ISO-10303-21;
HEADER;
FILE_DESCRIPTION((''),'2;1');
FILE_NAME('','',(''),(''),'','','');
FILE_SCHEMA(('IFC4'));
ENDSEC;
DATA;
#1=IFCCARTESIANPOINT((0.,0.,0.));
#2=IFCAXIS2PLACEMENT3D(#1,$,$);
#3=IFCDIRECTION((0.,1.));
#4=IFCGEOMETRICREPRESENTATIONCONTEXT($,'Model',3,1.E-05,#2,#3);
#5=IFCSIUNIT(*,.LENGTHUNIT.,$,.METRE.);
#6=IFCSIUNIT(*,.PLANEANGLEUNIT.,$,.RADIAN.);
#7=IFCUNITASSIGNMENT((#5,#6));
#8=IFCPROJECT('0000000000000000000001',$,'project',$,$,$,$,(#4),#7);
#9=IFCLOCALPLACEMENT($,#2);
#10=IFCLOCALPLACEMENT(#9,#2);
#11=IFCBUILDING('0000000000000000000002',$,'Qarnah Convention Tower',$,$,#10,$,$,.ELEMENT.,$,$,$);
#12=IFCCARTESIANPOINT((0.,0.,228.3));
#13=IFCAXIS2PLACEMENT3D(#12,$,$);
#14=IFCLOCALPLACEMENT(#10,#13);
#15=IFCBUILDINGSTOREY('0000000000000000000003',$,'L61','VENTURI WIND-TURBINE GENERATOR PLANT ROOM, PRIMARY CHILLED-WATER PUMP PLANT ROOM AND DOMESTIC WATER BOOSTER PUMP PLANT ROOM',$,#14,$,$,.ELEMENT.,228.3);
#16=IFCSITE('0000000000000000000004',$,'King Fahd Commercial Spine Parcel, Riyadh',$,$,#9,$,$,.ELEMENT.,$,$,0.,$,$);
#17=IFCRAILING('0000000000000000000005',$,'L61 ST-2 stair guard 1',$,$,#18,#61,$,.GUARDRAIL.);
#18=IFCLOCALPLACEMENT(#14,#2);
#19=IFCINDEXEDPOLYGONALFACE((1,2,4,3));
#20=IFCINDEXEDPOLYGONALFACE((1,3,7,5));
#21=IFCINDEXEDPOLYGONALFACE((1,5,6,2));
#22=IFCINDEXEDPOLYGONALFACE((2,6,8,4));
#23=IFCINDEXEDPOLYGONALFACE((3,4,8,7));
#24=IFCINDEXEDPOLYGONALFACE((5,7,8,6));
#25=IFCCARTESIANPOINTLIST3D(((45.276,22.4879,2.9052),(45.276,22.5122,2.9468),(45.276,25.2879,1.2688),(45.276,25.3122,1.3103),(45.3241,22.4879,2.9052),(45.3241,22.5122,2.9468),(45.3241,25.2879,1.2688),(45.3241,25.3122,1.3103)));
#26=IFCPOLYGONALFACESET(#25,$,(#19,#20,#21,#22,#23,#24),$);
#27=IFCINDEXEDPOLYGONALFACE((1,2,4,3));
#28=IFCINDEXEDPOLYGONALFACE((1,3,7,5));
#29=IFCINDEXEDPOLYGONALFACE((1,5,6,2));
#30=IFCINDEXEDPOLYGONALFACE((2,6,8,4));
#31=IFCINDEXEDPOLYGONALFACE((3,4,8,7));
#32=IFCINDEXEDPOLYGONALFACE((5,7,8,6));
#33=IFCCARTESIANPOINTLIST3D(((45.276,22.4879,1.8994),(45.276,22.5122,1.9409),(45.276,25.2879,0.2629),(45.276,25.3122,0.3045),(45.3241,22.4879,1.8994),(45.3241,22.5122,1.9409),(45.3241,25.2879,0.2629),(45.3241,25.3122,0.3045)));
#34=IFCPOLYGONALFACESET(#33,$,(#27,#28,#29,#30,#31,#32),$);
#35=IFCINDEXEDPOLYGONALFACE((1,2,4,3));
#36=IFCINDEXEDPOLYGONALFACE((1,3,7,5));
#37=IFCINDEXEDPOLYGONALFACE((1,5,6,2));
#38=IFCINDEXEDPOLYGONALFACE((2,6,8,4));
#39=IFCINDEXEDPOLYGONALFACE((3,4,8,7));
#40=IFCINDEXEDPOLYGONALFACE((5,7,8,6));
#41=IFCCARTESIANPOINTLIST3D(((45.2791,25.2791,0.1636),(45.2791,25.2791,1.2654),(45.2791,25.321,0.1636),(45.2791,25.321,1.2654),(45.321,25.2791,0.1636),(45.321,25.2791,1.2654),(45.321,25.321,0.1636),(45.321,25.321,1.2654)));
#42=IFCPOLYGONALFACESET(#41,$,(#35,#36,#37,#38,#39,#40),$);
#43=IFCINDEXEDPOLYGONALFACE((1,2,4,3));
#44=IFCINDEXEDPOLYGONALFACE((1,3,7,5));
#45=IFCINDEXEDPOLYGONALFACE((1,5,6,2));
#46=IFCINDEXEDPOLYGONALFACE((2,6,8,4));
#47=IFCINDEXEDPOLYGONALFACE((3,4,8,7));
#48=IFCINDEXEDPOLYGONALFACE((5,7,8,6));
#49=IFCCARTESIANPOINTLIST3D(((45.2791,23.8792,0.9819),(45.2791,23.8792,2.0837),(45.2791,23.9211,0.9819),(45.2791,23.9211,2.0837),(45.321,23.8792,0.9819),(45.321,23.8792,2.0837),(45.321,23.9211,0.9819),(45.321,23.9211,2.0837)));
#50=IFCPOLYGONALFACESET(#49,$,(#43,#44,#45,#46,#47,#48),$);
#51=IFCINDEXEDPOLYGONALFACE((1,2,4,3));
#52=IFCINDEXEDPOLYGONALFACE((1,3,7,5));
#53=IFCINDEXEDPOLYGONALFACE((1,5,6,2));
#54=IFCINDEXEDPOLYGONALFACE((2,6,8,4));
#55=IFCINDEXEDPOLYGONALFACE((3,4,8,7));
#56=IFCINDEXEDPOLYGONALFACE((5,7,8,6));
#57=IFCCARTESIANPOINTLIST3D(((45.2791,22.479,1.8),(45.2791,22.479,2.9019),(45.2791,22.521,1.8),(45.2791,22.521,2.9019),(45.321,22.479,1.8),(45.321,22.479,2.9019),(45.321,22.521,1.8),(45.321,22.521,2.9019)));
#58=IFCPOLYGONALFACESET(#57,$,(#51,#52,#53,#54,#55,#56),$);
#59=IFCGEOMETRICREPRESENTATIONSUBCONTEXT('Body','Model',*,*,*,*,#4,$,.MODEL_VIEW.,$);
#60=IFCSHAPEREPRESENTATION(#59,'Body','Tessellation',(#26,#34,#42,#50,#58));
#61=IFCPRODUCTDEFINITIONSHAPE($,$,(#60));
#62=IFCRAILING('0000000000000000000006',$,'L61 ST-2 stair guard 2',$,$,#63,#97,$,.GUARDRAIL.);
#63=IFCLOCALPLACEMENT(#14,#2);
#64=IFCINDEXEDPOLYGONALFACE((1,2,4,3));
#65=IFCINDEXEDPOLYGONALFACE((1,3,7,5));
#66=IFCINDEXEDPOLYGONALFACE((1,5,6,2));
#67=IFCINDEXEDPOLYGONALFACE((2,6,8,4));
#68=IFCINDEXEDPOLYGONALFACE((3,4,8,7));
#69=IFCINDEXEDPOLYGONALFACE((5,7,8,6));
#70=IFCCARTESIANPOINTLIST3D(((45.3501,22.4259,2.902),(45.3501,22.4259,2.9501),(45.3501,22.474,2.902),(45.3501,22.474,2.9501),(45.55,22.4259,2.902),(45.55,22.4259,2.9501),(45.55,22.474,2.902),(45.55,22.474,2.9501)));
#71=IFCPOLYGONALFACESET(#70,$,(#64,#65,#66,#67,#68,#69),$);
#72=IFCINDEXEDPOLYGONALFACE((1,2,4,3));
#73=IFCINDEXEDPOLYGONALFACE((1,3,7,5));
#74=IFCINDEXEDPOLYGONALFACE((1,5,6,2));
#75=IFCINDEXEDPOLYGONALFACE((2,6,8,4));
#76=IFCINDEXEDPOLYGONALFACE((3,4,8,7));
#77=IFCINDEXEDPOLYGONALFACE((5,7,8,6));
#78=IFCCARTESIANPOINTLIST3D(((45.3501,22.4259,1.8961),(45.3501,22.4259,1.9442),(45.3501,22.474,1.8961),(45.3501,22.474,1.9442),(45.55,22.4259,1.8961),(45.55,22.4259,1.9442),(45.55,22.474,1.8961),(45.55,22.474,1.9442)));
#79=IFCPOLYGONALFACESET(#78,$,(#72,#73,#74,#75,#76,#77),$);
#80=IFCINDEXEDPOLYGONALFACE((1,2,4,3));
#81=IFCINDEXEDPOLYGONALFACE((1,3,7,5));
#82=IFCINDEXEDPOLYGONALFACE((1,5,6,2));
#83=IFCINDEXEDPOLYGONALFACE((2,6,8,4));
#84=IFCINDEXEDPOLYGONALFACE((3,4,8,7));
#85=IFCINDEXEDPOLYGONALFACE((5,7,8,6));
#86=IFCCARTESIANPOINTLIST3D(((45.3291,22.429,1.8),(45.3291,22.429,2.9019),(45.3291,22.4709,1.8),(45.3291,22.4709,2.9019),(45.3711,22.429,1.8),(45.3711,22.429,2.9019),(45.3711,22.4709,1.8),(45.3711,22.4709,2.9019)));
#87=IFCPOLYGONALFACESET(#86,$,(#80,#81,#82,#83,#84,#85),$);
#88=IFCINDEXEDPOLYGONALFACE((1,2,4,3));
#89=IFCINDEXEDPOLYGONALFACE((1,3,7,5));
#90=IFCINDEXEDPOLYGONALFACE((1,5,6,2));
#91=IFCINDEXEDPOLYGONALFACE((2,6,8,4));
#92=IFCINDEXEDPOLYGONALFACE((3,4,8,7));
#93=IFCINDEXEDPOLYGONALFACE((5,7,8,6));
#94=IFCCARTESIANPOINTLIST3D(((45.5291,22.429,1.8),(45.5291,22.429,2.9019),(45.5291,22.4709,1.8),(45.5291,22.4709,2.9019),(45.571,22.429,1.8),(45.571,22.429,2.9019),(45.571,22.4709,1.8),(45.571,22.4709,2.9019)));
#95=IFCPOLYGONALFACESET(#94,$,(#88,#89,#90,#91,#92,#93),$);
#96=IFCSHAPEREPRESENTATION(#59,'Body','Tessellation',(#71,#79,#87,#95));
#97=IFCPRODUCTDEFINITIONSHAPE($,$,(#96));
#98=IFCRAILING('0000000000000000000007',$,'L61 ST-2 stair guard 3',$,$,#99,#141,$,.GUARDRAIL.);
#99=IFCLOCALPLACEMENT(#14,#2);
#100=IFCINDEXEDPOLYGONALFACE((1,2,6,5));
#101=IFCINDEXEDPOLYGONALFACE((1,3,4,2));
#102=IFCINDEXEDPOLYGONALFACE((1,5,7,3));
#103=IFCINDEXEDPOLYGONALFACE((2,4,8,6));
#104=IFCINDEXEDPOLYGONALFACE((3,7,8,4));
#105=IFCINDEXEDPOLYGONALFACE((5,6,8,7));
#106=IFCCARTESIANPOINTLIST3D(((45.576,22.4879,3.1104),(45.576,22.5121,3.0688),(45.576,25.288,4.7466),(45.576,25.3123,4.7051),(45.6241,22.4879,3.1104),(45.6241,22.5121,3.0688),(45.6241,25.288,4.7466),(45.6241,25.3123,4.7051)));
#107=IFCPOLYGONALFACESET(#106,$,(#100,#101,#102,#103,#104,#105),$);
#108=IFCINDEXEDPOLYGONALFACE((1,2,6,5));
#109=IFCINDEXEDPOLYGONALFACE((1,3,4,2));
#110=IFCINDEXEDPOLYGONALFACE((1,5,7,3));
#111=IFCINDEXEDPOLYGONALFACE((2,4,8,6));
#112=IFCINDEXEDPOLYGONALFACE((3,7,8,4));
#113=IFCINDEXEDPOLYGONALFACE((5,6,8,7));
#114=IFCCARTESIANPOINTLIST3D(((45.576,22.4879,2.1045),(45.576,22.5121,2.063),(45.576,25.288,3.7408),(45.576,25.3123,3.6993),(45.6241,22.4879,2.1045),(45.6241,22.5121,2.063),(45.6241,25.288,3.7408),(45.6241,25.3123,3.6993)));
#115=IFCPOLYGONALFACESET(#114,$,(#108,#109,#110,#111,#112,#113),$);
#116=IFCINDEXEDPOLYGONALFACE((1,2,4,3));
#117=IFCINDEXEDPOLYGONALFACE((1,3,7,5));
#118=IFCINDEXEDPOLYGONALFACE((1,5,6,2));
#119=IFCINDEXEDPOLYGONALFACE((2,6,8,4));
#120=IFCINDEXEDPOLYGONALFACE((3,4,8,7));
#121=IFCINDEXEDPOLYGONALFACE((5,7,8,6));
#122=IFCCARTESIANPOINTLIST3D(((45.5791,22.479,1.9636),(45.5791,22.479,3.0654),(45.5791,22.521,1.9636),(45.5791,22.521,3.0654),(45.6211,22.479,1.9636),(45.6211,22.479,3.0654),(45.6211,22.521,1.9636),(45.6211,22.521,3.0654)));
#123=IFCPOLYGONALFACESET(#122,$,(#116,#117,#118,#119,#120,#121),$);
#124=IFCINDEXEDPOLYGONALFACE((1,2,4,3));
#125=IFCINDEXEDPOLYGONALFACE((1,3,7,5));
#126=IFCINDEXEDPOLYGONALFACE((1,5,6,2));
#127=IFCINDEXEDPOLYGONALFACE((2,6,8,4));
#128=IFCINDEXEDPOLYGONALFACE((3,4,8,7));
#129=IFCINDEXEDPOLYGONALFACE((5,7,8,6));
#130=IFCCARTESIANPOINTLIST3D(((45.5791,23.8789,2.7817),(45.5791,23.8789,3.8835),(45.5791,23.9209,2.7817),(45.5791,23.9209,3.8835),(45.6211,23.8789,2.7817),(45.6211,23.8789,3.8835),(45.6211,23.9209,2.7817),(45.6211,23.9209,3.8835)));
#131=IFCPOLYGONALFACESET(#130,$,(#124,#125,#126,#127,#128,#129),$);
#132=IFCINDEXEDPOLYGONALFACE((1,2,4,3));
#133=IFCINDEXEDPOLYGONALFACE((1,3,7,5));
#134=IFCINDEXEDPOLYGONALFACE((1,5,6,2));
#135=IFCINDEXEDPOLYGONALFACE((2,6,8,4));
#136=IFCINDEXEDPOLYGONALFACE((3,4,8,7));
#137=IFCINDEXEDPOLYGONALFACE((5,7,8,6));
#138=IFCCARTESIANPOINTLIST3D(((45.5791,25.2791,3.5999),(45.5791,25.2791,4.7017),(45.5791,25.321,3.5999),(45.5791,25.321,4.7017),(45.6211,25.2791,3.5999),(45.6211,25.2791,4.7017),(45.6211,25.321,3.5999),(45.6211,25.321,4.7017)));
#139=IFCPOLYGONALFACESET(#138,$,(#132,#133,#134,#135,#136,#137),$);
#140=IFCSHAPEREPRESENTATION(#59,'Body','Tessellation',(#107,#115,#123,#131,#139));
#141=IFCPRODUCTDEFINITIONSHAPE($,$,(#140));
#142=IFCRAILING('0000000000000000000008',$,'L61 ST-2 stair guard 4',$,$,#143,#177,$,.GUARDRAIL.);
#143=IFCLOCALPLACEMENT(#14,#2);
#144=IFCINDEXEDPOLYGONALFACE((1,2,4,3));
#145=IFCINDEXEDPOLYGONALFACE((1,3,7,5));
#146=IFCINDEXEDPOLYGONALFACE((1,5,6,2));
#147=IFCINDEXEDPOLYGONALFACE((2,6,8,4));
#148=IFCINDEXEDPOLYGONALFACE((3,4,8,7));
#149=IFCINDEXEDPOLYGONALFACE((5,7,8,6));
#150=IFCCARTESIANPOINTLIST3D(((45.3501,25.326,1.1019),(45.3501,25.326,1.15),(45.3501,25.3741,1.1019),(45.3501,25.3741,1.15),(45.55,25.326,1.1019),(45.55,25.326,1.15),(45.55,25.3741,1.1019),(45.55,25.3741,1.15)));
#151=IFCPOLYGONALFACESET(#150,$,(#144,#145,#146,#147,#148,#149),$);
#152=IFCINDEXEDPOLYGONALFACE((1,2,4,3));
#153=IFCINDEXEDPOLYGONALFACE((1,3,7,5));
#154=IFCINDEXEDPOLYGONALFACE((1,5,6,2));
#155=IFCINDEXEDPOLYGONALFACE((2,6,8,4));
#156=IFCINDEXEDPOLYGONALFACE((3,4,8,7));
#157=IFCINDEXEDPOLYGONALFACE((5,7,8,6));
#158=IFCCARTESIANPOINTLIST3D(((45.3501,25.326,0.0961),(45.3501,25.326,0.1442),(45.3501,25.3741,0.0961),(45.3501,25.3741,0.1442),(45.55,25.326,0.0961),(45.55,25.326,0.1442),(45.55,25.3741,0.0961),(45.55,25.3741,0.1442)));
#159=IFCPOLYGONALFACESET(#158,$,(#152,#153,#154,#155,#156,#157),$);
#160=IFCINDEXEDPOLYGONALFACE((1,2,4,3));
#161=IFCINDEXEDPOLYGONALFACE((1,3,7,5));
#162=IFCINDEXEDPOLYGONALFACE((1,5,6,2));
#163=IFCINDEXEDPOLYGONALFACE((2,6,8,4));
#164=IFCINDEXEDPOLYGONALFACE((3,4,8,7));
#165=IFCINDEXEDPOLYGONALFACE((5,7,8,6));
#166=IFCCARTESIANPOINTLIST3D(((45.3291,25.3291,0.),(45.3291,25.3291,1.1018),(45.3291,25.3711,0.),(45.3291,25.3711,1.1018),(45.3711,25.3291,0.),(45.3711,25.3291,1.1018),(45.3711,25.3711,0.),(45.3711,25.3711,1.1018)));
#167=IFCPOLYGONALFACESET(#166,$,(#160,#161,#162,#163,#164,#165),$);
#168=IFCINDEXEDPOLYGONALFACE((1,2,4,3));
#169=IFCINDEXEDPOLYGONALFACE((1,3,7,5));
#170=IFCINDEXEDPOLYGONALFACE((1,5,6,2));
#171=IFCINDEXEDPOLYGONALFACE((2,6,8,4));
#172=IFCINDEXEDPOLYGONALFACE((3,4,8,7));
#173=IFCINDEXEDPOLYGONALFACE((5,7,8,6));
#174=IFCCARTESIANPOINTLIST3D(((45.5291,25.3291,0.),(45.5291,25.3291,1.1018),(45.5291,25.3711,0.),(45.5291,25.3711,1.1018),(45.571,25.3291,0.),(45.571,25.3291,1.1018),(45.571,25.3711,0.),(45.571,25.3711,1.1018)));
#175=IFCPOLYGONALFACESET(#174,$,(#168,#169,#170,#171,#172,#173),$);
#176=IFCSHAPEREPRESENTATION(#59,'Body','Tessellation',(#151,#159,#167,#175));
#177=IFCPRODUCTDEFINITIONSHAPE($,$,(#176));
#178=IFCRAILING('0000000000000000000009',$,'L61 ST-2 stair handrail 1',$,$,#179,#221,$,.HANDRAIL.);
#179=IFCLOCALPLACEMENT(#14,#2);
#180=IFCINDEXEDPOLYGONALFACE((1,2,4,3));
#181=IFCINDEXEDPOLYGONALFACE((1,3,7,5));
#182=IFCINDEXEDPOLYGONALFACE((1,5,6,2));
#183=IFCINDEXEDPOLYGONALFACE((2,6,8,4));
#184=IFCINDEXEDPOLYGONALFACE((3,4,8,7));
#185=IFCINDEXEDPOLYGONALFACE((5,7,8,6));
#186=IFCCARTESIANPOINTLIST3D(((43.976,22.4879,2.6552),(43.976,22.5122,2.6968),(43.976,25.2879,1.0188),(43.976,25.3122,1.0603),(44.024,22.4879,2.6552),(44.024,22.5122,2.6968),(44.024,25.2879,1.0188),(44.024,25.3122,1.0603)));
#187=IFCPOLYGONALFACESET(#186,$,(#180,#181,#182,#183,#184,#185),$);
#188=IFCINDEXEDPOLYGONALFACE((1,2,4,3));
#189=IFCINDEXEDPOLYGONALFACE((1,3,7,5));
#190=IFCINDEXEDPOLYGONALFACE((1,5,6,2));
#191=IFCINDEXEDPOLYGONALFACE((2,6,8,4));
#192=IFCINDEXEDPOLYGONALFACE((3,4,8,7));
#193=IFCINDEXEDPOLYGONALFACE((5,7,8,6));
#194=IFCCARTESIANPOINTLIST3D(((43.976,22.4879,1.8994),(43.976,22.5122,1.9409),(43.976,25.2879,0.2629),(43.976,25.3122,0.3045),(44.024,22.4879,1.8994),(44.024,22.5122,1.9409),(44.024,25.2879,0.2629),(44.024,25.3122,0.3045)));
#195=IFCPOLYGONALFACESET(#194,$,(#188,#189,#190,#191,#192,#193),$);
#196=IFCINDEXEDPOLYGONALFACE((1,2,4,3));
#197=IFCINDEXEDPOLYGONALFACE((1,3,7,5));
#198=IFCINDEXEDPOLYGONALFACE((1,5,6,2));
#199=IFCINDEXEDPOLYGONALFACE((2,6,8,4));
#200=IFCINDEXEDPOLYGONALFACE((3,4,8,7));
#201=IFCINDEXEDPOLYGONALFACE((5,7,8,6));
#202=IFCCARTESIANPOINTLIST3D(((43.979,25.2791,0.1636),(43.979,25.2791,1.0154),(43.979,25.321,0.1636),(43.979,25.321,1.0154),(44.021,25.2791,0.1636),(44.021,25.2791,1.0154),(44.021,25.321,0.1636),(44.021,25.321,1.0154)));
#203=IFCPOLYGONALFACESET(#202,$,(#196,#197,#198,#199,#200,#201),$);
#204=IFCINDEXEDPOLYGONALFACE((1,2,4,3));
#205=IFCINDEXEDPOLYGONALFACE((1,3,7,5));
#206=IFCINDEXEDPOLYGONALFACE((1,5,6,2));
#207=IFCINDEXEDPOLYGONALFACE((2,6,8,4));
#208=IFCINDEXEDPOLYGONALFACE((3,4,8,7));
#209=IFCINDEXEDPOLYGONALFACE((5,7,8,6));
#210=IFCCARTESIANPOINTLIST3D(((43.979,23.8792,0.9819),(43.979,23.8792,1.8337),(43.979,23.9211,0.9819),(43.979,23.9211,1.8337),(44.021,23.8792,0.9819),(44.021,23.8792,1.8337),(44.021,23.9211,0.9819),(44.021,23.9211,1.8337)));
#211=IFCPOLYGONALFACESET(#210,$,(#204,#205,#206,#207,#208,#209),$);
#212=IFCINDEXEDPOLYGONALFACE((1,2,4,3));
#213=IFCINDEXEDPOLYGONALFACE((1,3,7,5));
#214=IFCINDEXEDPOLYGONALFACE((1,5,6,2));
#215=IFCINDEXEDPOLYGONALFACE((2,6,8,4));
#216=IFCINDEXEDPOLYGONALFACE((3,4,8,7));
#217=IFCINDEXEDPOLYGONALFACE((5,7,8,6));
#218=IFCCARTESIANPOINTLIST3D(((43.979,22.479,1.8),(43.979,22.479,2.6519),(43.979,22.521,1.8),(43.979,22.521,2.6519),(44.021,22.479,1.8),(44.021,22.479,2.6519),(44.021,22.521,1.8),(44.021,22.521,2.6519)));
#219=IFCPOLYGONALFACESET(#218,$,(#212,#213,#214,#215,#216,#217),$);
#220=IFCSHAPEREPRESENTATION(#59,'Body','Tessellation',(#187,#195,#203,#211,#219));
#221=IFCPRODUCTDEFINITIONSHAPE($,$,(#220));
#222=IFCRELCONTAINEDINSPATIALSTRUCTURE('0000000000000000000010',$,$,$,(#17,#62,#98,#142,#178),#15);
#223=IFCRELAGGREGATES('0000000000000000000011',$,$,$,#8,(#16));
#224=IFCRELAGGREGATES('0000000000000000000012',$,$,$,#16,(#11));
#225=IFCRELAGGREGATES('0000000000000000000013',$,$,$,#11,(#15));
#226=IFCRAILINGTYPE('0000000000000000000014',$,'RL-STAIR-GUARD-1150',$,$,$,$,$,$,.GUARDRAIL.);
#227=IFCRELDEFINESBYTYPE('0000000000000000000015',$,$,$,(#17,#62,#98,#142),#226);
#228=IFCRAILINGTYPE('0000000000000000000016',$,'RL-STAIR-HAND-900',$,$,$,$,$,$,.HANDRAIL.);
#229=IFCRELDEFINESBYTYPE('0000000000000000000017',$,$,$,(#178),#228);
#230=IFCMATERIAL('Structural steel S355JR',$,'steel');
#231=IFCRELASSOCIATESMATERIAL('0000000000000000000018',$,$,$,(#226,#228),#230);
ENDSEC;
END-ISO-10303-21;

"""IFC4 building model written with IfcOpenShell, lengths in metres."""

from ifc_helpers import new_model, si_unit, direction, frame, origin, origin_2d, place, context, subcontext, project, spatial, rectangle, extrude, material, type_object, element, save


model = new_model("IFC4")

# Units and contexts
model_context = context("Model", 3, precision=1e-05, world=origin(), true_north=direction((0.0, 1.0)))
body_context = subcontext(model_context, "Body", "Model", "MODEL_VIEW")
ifc_project = project(units=[si_unit("LENGTHUNIT", "METRE"), si_unit("PLANEANGLEUNIT", "RADIAN")], contexts=[model_context])

# Site, building, storey
site_placement = place(None, origin())
site = spatial("IfcSite", under=ifc_project, at=site_placement, Name="King Fahd Commercial Spine Parcel, Riyadh", CompositionType="ELEMENT", RefElevation=0.0)
building_placement = place(site_placement, origin())
building = spatial("IfcBuilding", under=site, at=building_placement, Name="Qarnah Convention Tower", CompositionType="ELEMENT")
storey_placement = place(building_placement, frame((0.0, 0.0, 228.3)))
storey = spatial("IfcBuildingStorey", under=building, at=storey_placement, Name="L61", Description="VENTURI WIND-TURBINE GENERATOR PLANT ROOM, PRIMARY CHILLED-WATER PUMP PLANT ROOM AND DOMESTIC WATER BOOSTER PUMP PLANT ROOM", CompositionType="ELEMENT", Elevation=228.3)

# Shared definitions
ifc_material_1 = material(Name="Structural steel S355JR", Category="steel")

# Railings
railing_type_1 = type_object("IfcRailingType", Name="RL-STAIR-GUARD-1150", PredefinedType="GUARDRAIL", material=ifc_material_1)
railing_1_placement = place(storey_placement, frame((45.3, 25.3, 0.1636)))
element("IfcRailing", 1, at=railing_1_placement, inside=storey, type_object=railing_type_1, Name="L61 ST-2 stair guard 1", PredefinedType="GUARDRAIL", context=body_context, shape_type="SweptSolid", body=[
    extrude(rectangle(XDim=0.0481, YDim=0.0481, at=origin_2d()), frame((0.0, 0.0, 1.126), z_axis=(0.0, -0.863361, 0.504587), x_axis=(1.0, 0.0, 0.0)), (0.0, 0.0, 1.0), 3.2432),
    extrude(rectangle(XDim=0.0481, YDim=0.0481, at=origin_2d()), frame((0.0, 0.0, 0.1201), z_axis=(0.0, -0.863361, 0.504587), x_axis=(1.0, 0.0, 0.0)), (0.0, 0.0, 1.0), 3.2432),
    extrude(rectangle(XDim=0.042, YDim=0.042, at=origin_2d()), origin(), (0.0, 0.0, 1.0), 1.1018),
    extrude(rectangle(XDim=0.042, YDim=0.042, at=origin_2d()), frame((0.0, -1.3999, 0.8184)), (0.0, 0.0, 1.0), 1.1018),
    extrude(rectangle(XDim=0.042, YDim=0.042, at=origin_2d()), frame((0.0, -2.8, 1.6365)), (0.0, 0.0, 1.0), 1.1018),
])
railing_2_placement = place(storey_placement, frame((45.3501, 22.45, 1.8)))
element("IfcRailing", 2, at=railing_2_placement, inside=storey, type_object=railing_type_1, Name="L61 ST-2 stair guard 2", PredefinedType="GUARDRAIL", context=body_context, shape_type="SweptSolid", body=[
    extrude(rectangle(XDim=0.0481, YDim=0.0481, at=origin_2d()), frame((0.0, 0.0, 1.126), z_axis=(1.0, 0.0, 0.0), x_axis=(0.0, 1.0, 0.0)), (0.0, 0.0, 1.0), 0.2),
    extrude(rectangle(XDim=0.0481, YDim=0.0481, at=origin_2d()), frame((0.0, 0.0, 0.1201), z_axis=(1.0, 0.0, 0.0), x_axis=(0.0, 1.0, 0.0)), (0.0, 0.0, 1.0), 0.2),
    extrude(rectangle(XDim=0.042, YDim=0.042, at=origin_2d()), origin(), (0.0, 0.0, 1.0), 1.1018),
    extrude(rectangle(XDim=0.042, YDim=0.042, at=origin_2d()), frame((0.2, 0.0, 0.0)), (0.0, 0.0, 1.0), 1.1018),
])
railing_3_placement = place(storey_placement, frame((45.6001, 22.5, 1.9636)))
element("IfcRailing", 3, at=railing_3_placement, inside=storey, type_object=railing_type_1, Name="L61 ST-2 stair guard 3", PredefinedType="GUARDRAIL", context=body_context, shape_type="SweptSolid", body=[
    extrude(rectangle(XDim=0.0481, YDim=0.0481, at=origin_2d()), frame((0.0, 0.0, 1.126), z_axis=(0.0, 0.863394, 0.504531), x_axis=(-1.0, 0.0, 0.0)), (0.0, 0.0, 1.0), 3.2432),
    extrude(rectangle(XDim=0.0481, YDim=0.0481, at=origin_2d()), frame((0.0, 0.0, 0.1201), z_axis=(0.0, 0.863394, 0.504531), x_axis=(-1.0, 0.0, 0.0)), (0.0, 0.0, 1.0), 3.2432),
    extrude(rectangle(XDim=0.042, YDim=0.042, at=origin_2d()), origin(), (0.0, 0.0, 1.0), 1.1018),
    extrude(rectangle(XDim=0.042, YDim=0.042, at=origin_2d()), frame((0.0, 1.3999, 0.8181)), (0.0, 0.0, 1.0), 1.1018),
    extrude(rectangle(XDim=0.042, YDim=0.042, at=origin_2d()), frame((0.0, 2.8, 1.6362)), (0.0, 0.0, 1.0), 1.1018),
])
railing_4_placement = place(storey_placement, frame((45.3501, 25.3501, 0.0)))
element("IfcRailing", 4, at=railing_4_placement, inside=storey, type_object=railing_type_1, Name="L61 ST-2 stair guard 4", PredefinedType="GUARDRAIL", context=body_context, shape_type="SweptSolid", body=[
    extrude(rectangle(XDim=0.0481, YDim=0.0481, at=origin_2d()), frame((0.0, 0.0, 1.126), z_axis=(1.0, 0.0, 0.0), x_axis=(0.0, 1.0, 0.0)), (0.0, 0.0, 1.0), 0.2),
    extrude(rectangle(XDim=0.0481, YDim=0.0481, at=origin_2d()), frame((0.0, 0.0, 0.1201), z_axis=(1.0, 0.0, 0.0), x_axis=(0.0, 1.0, 0.0)), (0.0, 0.0, 1.0), 0.2),
    extrude(rectangle(XDim=0.042, YDim=0.042, at=origin_2d()), origin(), (0.0, 0.0, 1.0), 1.1018),
    extrude(rectangle(XDim=0.042, YDim=0.042, at=origin_2d()), frame((0.2, 0.0, 0.0)), (0.0, 0.0, 1.0), 1.1018),
])
railing_type_2 = type_object("IfcRailingType", Name="RL-STAIR-HAND-900", PredefinedType="HANDRAIL", material=ifc_material_1)
railing_5_placement = place(storey_placement, frame((44.0, 25.3, 0.1636)))
element("IfcRailing", 5, at=railing_5_placement, inside=storey, type_object=railing_type_2, Name="L61 ST-2 stair handrail 1", PredefinedType="HANDRAIL", context=body_context, shape_type="SweptSolid", body=[
    extrude(rectangle(XDim=0.0481, YDim=0.0481, at=origin_2d()), frame((0.0, 0.0, 0.876), z_axis=(0.0, -0.863361, 0.504587), x_axis=(1.0, 0.0, 0.0)), (0.0, 0.0, 1.0), 3.2432),
    extrude(rectangle(XDim=0.0481, YDim=0.0481, at=origin_2d()), frame((0.0, 0.0, 0.1201), z_axis=(0.0, -0.863361, 0.504587), x_axis=(1.0, 0.0, 0.0)), (0.0, 0.0, 1.0), 3.2432),
    extrude(rectangle(XDim=0.042, YDim=0.042, at=origin_2d()), origin(), (0.0, 0.0, 1.0), 0.8518),
    extrude(rectangle(XDim=0.042, YDim=0.042, at=origin_2d()), frame((0.0, -1.3999, 0.8184)), (0.0, 0.0, 1.0), 0.8518),
    extrude(rectangle(XDim=0.042, YDim=0.042, at=origin_2d()), frame((0.0, -2.8, 1.6365)), (0.0, 0.0, 1.0), 0.8518),
])

save(model, "model.ifc")
